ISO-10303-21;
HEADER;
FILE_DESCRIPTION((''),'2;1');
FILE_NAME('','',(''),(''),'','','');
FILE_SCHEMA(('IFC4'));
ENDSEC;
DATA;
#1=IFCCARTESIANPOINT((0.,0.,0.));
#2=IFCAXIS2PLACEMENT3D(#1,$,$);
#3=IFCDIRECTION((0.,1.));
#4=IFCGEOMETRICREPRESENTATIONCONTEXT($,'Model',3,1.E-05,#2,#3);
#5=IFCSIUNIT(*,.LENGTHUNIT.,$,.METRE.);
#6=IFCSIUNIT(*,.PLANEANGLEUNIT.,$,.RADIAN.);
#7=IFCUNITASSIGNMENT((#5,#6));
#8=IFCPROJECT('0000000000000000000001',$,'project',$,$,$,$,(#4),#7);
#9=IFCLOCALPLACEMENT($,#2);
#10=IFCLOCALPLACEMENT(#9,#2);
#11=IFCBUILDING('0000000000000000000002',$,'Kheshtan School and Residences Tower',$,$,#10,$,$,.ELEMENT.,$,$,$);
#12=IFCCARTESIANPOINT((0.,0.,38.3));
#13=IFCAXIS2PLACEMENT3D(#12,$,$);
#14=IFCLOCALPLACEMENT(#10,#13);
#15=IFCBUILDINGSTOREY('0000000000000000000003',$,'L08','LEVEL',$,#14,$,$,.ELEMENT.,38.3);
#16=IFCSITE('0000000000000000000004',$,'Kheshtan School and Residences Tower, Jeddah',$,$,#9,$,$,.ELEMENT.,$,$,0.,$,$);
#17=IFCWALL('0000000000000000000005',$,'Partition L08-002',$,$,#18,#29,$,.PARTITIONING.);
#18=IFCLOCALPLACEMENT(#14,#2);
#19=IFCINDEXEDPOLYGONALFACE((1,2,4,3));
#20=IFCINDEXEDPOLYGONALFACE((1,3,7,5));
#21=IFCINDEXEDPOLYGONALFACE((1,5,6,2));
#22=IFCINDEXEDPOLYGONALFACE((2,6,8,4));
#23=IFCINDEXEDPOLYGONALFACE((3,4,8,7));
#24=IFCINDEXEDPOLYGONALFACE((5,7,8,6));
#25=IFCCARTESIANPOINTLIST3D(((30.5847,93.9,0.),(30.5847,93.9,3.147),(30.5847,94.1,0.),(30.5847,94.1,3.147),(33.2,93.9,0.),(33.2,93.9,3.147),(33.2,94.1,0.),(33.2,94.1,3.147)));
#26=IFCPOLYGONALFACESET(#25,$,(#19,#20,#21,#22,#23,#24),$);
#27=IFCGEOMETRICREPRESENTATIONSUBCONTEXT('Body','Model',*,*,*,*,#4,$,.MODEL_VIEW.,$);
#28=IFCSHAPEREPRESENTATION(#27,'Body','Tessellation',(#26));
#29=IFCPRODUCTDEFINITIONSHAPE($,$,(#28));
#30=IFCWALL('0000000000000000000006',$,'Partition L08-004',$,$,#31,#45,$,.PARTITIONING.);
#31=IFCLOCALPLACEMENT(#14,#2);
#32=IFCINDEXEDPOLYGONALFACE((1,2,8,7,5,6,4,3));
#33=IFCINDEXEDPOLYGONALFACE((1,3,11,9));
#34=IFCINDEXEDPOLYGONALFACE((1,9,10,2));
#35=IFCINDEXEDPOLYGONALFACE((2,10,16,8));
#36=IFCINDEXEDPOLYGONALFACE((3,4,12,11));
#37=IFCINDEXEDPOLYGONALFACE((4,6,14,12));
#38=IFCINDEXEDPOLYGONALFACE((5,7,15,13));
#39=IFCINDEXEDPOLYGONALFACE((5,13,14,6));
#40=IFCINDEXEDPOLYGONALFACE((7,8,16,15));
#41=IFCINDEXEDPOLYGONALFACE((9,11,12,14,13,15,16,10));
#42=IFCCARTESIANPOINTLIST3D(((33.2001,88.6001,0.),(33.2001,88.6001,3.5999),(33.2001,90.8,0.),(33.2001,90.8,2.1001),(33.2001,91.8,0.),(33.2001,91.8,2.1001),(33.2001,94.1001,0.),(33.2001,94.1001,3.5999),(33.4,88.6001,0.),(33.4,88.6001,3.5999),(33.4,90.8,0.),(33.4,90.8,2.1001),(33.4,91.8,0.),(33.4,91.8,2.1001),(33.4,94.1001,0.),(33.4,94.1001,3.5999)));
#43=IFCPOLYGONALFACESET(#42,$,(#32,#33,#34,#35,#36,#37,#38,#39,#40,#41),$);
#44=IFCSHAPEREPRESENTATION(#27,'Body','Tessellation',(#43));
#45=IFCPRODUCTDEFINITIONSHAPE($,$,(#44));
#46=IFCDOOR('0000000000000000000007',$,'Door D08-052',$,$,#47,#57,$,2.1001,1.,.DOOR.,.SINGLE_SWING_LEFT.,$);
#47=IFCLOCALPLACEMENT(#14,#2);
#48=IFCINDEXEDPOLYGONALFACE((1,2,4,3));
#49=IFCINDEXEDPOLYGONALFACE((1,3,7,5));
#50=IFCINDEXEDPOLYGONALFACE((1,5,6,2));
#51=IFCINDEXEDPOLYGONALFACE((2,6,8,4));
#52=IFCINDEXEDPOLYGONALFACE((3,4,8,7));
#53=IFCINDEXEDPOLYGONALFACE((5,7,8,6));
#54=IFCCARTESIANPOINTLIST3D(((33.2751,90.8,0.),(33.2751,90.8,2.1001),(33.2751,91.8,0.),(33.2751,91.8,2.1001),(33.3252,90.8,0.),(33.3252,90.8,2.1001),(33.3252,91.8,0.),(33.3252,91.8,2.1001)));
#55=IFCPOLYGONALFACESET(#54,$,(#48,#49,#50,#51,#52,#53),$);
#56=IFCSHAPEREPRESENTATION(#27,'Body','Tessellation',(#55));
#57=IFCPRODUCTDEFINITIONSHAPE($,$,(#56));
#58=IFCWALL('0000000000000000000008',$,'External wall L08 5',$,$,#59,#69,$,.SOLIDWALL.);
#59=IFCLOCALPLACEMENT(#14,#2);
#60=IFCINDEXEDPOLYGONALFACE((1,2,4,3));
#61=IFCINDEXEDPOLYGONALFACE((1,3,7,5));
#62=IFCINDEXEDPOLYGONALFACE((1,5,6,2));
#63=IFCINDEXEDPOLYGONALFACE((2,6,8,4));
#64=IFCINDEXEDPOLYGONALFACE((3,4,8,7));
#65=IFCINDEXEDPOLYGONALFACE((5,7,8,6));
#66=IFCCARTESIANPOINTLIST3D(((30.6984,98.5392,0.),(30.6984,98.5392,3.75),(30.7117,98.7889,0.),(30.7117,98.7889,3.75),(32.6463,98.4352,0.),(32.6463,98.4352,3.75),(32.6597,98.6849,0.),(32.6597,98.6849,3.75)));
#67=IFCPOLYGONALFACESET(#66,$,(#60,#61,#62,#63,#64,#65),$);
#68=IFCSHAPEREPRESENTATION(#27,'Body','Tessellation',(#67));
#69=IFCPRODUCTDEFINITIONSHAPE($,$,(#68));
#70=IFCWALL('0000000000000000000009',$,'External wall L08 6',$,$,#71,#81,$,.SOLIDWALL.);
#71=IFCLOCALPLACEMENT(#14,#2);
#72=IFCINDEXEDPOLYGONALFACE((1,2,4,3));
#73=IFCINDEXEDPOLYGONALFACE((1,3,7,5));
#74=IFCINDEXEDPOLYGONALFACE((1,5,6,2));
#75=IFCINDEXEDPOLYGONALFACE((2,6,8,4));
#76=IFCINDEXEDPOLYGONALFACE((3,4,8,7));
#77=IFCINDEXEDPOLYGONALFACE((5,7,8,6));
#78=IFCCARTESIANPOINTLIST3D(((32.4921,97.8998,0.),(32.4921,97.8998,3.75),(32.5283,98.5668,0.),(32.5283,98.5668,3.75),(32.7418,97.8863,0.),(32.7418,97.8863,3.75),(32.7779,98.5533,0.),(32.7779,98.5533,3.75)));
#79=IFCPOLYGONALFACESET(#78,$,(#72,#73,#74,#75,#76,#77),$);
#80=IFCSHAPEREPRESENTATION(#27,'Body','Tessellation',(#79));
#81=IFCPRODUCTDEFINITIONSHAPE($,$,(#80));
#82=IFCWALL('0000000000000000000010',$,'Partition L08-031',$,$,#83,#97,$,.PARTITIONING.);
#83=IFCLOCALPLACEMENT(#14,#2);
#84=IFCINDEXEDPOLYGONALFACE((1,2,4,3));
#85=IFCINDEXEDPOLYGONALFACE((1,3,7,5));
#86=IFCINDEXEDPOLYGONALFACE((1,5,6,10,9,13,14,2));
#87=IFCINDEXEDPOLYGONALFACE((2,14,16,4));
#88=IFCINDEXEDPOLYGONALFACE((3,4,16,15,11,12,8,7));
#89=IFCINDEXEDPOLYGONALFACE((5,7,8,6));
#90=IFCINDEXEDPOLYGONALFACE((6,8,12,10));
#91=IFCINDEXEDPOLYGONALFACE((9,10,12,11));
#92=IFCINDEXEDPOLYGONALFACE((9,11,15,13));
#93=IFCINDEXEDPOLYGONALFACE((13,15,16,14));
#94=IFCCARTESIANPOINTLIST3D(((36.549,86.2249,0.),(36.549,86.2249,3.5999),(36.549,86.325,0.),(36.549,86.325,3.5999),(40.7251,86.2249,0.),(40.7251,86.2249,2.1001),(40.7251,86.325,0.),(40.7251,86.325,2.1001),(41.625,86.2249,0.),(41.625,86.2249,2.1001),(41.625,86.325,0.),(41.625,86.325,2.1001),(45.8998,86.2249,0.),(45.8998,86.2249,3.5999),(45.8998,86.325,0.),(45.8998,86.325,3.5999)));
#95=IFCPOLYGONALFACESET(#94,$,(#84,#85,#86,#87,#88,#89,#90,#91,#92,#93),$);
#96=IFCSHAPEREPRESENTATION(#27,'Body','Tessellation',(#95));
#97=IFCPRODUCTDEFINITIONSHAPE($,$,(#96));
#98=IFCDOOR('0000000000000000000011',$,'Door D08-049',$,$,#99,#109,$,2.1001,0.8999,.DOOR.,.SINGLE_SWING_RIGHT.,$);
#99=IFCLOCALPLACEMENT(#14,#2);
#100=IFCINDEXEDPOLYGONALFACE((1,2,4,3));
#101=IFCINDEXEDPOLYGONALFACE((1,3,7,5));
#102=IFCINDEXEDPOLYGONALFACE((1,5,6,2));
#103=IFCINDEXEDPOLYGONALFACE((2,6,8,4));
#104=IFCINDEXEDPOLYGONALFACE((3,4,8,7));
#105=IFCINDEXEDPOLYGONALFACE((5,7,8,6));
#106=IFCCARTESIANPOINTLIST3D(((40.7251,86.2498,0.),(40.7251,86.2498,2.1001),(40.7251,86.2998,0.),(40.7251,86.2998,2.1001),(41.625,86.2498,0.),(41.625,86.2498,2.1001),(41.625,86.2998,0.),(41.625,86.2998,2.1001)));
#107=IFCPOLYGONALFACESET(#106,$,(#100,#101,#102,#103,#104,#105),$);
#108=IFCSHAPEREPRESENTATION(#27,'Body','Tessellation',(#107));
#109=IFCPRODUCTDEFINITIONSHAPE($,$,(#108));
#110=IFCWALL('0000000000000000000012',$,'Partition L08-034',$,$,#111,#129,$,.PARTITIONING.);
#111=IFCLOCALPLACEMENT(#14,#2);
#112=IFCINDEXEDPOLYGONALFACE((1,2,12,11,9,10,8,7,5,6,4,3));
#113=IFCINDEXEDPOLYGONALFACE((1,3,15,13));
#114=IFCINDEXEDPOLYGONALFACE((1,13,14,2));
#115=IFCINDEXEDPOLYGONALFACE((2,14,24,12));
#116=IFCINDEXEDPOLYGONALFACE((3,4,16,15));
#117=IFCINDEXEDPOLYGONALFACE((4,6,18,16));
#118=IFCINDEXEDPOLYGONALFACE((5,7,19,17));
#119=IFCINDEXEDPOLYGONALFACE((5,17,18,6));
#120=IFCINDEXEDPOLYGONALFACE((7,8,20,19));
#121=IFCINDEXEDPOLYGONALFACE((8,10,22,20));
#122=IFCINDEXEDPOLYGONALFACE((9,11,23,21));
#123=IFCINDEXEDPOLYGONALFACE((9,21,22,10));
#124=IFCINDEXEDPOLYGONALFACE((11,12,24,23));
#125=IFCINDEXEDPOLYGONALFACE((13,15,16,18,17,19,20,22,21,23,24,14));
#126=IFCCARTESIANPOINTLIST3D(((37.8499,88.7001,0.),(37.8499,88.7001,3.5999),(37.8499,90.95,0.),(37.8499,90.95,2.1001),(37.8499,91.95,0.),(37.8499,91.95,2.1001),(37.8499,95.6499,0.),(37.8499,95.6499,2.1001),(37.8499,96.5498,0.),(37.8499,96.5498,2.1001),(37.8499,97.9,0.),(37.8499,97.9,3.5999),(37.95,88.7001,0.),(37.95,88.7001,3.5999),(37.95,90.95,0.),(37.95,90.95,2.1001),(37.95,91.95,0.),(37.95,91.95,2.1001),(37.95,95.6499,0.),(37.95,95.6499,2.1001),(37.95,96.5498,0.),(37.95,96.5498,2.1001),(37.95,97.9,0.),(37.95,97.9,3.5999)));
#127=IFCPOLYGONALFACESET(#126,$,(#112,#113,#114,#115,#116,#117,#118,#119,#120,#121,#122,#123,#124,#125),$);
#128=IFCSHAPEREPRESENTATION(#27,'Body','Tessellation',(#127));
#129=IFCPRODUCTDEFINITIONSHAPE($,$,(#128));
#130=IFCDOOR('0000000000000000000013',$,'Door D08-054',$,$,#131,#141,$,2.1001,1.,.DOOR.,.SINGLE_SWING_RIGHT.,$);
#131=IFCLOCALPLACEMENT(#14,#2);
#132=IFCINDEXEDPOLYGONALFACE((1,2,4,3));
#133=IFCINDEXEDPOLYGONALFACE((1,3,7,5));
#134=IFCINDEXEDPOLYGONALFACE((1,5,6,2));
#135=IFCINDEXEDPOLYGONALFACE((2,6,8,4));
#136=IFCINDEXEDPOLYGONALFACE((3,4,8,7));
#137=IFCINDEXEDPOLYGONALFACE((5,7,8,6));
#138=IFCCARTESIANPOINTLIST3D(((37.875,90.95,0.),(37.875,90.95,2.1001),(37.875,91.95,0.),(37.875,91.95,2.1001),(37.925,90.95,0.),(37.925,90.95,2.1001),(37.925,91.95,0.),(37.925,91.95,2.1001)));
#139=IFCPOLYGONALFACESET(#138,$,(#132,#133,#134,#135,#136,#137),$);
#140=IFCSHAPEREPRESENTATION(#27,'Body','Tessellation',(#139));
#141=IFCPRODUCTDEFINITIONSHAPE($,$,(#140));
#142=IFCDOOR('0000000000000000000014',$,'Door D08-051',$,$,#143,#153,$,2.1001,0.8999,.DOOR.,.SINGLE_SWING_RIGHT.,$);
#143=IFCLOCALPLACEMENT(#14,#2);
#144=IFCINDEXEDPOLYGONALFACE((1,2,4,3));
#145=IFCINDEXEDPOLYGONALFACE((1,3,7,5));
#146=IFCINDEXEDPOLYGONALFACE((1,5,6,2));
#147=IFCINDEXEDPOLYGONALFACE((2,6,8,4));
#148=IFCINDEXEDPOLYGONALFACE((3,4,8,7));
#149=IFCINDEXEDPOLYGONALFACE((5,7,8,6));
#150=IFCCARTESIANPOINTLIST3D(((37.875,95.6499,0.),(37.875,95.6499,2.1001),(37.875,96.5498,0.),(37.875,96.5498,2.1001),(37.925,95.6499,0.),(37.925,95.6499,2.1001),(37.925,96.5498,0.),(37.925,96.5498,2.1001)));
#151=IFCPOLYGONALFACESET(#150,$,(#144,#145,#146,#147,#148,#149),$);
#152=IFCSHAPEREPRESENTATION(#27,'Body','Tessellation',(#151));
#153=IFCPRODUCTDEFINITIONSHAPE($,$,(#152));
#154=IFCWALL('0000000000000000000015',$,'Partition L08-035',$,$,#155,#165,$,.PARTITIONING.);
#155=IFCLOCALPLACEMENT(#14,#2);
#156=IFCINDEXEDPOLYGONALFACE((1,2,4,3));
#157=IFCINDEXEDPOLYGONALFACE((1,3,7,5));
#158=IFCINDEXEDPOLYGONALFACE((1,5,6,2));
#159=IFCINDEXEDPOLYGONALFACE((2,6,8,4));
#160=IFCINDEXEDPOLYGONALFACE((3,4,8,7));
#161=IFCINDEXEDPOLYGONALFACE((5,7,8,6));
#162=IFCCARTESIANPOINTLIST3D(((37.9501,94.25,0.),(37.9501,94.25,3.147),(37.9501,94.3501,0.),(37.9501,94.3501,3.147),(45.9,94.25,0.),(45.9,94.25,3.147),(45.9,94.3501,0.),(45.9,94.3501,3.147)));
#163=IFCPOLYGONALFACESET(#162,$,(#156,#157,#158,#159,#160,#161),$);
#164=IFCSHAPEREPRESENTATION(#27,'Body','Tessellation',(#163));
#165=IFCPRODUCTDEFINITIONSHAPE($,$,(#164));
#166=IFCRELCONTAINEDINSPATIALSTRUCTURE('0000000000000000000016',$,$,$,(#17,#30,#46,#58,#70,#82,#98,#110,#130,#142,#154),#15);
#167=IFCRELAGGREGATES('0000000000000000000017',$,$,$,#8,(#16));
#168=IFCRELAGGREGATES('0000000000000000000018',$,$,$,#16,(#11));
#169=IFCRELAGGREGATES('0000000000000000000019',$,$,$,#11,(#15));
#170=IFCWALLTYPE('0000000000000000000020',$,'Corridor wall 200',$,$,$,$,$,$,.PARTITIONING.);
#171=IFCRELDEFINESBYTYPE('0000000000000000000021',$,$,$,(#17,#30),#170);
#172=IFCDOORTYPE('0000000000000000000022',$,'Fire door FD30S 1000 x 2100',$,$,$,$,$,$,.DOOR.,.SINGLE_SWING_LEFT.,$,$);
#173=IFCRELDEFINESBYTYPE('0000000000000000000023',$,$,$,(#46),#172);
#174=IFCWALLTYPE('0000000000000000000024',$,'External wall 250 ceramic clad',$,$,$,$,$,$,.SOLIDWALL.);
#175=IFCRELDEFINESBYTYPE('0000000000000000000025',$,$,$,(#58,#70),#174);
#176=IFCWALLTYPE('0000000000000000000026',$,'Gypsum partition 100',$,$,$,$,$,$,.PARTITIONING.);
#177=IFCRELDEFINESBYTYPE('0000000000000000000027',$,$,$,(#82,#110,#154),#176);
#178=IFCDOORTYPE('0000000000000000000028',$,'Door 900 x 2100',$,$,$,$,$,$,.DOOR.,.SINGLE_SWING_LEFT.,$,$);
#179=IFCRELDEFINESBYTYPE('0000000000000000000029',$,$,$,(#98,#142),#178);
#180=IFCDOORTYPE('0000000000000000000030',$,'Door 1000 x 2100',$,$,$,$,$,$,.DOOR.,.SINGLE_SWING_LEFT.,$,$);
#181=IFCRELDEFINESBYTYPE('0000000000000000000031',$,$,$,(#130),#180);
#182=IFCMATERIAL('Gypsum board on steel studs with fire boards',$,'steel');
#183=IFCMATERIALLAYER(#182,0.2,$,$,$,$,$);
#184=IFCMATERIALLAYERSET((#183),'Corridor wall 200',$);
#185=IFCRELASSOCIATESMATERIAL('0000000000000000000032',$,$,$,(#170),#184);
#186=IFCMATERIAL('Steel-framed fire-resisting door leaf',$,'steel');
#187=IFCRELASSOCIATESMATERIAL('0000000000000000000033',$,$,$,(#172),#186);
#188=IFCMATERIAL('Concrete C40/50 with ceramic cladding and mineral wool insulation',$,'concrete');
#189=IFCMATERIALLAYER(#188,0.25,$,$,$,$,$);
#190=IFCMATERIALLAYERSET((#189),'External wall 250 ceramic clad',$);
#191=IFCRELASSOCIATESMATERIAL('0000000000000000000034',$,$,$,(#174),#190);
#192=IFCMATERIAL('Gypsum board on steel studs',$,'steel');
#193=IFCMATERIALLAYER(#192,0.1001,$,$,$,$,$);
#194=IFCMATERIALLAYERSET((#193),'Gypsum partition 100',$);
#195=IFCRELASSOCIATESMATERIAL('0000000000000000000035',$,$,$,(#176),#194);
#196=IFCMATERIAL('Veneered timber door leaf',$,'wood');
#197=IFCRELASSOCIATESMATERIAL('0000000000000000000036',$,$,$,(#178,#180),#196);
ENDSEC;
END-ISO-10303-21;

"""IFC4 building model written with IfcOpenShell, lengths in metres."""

from ifc_helpers import new_model, si_unit, direction, frame, frame_2d, origin, place, context, subcontext, project, spatial, rectangle, extrude, source, transform, mapped, material, layer, layer_set, type_object, element, fill, save


model = new_model("IFC4")

# Units and contexts
model_context = context("Model", 3, precision=1e-05, world=origin(), true_north=direction((0.0, 1.0)))
body_context = subcontext(model_context, "Body", "Model", "MODEL_VIEW")
ifc_project = project(units=[si_unit("LENGTHUNIT", "METRE"), si_unit("PLANEANGLEUNIT", "RADIAN")], contexts=[model_context])

# Site, building, storey
site_placement = place(None, origin())
site = spatial("IfcSite", under=ifc_project, at=site_placement, Name="Kheshtan School and Residences Tower, Jeddah", CompositionType="ELEMENT", RefElevation=0.0)
building_placement = place(site_placement, origin())
building = spatial("IfcBuilding", under=site, at=building_placement, Name="Kheshtan School and Residences Tower", CompositionType="ELEMENT")
storey_placement = place(building_placement, frame((0.0, 0.0, 38.3)))
storey = spatial("IfcBuildingStorey", under=building, at=storey_placement, Name="L08", Description="LEVEL", CompositionType="ELEMENT", Elevation=38.3)

# Wall
ifc_material_1 = material(Name="Gypsum board on steel studs with fire boards", Category="steel")
ifc_layer_1 = layer(ifc_material_1, 0.2)
ifc_layer_set_1 = layer_set([ifc_layer_1], Name="Corridor wall 200")
wall_type_1 = type_object("IfcWallType", Name="Corridor wall 200", PredefinedType="PARTITIONING", material=ifc_layer_set_1)
wall_1_placement = place(storey_placement, frame((30.5847, 94.0, 0.0), z_axis=(0.0, 0.0, 1.0), x_axis=(1.0, 0.0, 0.0)))
element("IfcWall", 1, at=wall_1_placement, inside=storey, type_object=wall_type_1, Name="Partition L08-002", PredefinedType="PARTITIONING", context=body_context, shape_type="SweptSolid", body=[
    extrude(rectangle(XDim=2.6152, YDim=0.2, at=frame_2d((1.3076, 0.0))), origin(), (0.0, 0.0, 1.0), 3.147),
])

# Wall, opening, door
wall_2_placement = place(storey_placement, frame((33.3, 88.6001, 0.0), z_axis=(0.0, 0.0, 1.0), x_axis=(0.0, 1.0, 0.0)))
wall_2 = element("IfcWall", 2, at=wall_2_placement, inside=storey, type_object=wall_type_1, Name="Partition L08-004", PredefinedType="PARTITIONING", context=body_context, shape_type="SweptSolid", body=[
    extrude(rectangle(XDim=5.5, YDim=0.2, at=frame_2d((2.75, 0.0))), origin(), (0.0, 0.0, 1.0), 3.5999),
])
opening_1_placement = place(wall_2_placement, frame((2.2, 0.0, 0.0)))
opening_1 = element("IfcOpeningElement", 3, at=opening_1_placement, cuts=wall_2, PredefinedType="OPENING", context=body_context, shape_type="SweptSolid", body=[
    extrude(rectangle(XDim=1.0, YDim=2.1001, at=frame_2d((0.5, 1.05))), frame((0.0, 0.1099, 0.0), z_axis=(0.0, -1.0, 0.0), x_axis=(1.0, 0.0, 0.0)), (0.0, 0.0, 1.0), 0.22),
])
ifc_material_2 = material(Name="Steel-framed fire-resisting door leaf", Category="steel")
door_type_1 = type_object("IfcDoorType", Name="Fire door FD30S 1000 x 2100", OperationType="SINGLE_SWING_LEFT", PredefinedType="DOOR", material=ifc_material_2)
shared_shape_1 = source(origin(), body_context, "Body", "SweptSolid", [
    extrude(rectangle(XDim=1.0, YDim=2.1001, at=frame_2d((0.5, 1.05))), frame((0.0, 0.0249, 0.0), z_axis=(0.0, -1.0, 0.0), x_axis=(1.0, 0.0, 0.0)), (0.0, 0.0, 1.0), 0.05),
])
door_1_placement = place(opening_1_placement, origin())
door_1 = element("IfcDoor", 4, at=door_1_placement, inside=storey, type_object=door_type_1, Name="Door D08-052", OperationType="SINGLE_SWING_LEFT", OverallHeight=2.1001, OverallWidth=1.0, PredefinedType="DOOR", context=body_context, shape_type="MappedRepresentation", body=[
    mapped(shared_shape_1, transform((0.0, 0.0, 0.0), x_axis=(1.0, 0.0, 0.0), y_axis=(0.0, 1.0, 0.0), z_axis=(0.0, 0.0, 1.0), scale=1.0)),
])
fill(opening_1, door_1)

# Walls
ifc_material_3 = material(Name="Concrete C40/50 with ceramic cladding and mineral wool insulation", Category="concrete")
ifc_layer_2 = layer(ifc_material_3, 0.25)
ifc_layer_set_2 = layer_set([ifc_layer_2], Name="External wall 250 ceramic clad")
wall_type_2 = type_object("IfcWallType", Name="External wall 250 ceramic clad", PredefinedType="SOLIDWALL", material=ifc_layer_set_2)
wall_3_placement = place(storey_placement, frame((30.7051, 98.6641, 0.0), z_axis=(0.0, 0.0, 1.0), x_axis=(0.998578, -0.053314, 0.0)))
element("IfcWall", 5, at=wall_3_placement, inside=storey, type_object=wall_type_2, Name="External wall L08 5", PredefinedType="SOLIDWALL", context=body_context, shape_type="SweptSolid", body=[
    extrude(rectangle(XDim=1.9507, YDim=0.25, at=frame_2d((0.9753, 0.0))), origin(), (0.0, 0.0, 1.0), 3.75),
])
wall_4_placement = place(storey_placement, frame((32.6531, 98.5601, 0.0), z_axis=(0.0, 0.0, 1.0), x_axis=(-0.054093, -0.998536, 0.0)))
element("IfcWall", 6, at=wall_4_placement, inside=storey, type_object=wall_type_2, Name="External wall L08 6", PredefinedType="SOLIDWALL", context=body_context, shape_type="SweptSolid", body=[
    extrude(rectangle(XDim=0.668, YDim=0.25, at=frame_2d((0.334, 0.0))), origin(), (0.0, 0.0, 1.0), 3.75),
])

# Wall, opening, door
ifc_material_4 = material(Name="Gypsum board on steel studs", Category="steel")
ifc_layer_3 = layer(ifc_material_4, 0.1001)
ifc_layer_set_3 = layer_set([ifc_layer_3], Name="Gypsum partition 100")
wall_type_3 = type_object("IfcWallType", Name="Gypsum partition 100", PredefinedType="PARTITIONING", material=ifc_layer_set_3)
wall_5_placement = place(storey_placement, frame((36.5491, 86.2749, 0.0), z_axis=(0.0, 0.0, 1.0), x_axis=(1.0, 0.0, 0.0)))
wall_5 = element("IfcWall", 7, at=wall_5_placement, inside=storey, type_object=wall_type_3, Name="Partition L08-031", PredefinedType="PARTITIONING", context=body_context, shape_type="SweptSolid", body=[
    extrude(rectangle(XDim=9.3508, YDim=0.1001, at=frame_2d((4.6753, 0.0))), origin(), (0.0, 0.0, 1.0), 3.5999),
])
opening_2_placement = place(wall_5_placement, frame((4.176, 0.0, 0.0)))
opening_2 = element("IfcOpeningElement", 8, at=opening_2_placement, cuts=wall_5, PredefinedType="OPENING", context=body_context, shape_type="SweptSolid", body=[
    extrude(rectangle(XDim=0.8999, YDim=2.1001, at=frame_2d((0.45, 1.05))), frame((0.0, 0.0601, 0.0), z_axis=(0.0, -1.0, 0.0), x_axis=(1.0, 0.0, 0.0)), (0.0, 0.0, 1.0), 0.1201),
])
ifc_material_5 = material(Name="Veneered timber door leaf", Category="wood")
door_type_2 = type_object("IfcDoorType", Name="Door 900 x 2100", OperationType="SINGLE_SWING_LEFT", PredefinedType="DOOR", material=ifc_material_5)
shared_shape_2 = source(origin(), body_context, "Body", "SweptSolid", [
    extrude(rectangle(XDim=0.8999, YDim=2.1001, at=frame_2d((0.45, 1.05))), frame((0.0, 0.0249, 0.0), z_axis=(0.0, -1.0, 0.0), x_axis=(1.0, 0.0, 0.0)), (0.0, 0.0, 1.0), 0.05),
])
door_2_placement = place(opening_2_placement, origin())
door_2 = element("IfcDoor", 9, at=door_2_placement, inside=storey, type_object=door_type_2, Name="Door D08-049", OperationType="SINGLE_SWING_RIGHT", OverallHeight=2.1001, OverallWidth=0.8999, PredefinedType="DOOR", context=body_context, shape_type="MappedRepresentation", body=[
    mapped(shared_shape_2, transform((0.0, 0.0, 0.0), x_axis=(1.0, 0.0, 0.0), y_axis=(0.0, 1.0, 0.0), z_axis=(0.0, 0.0, 1.0), scale=1.0)),
])
fill(opening_2, door_2)

# Wall, openings, doors
wall_6_placement = place(storey_placement, frame((37.8999, 88.7, 0.0), z_axis=(0.0, 0.0, 1.0), x_axis=(0.0, 1.0, 0.0)))
wall_6 = element("IfcWall", 10, at=wall_6_placement, inside=storey, type_object=wall_type_3, Name="Partition L08-034", PredefinedType="PARTITIONING", context=body_context, shape_type="SweptSolid", body=[
    extrude(rectangle(XDim=9.2, YDim=0.1001, at=frame_2d((4.6001, 0.0))), origin(), (0.0, 0.0, 1.0), 3.5999),
])
opening_3_placement = place(wall_6_placement, frame((6.95, 0.0, 0.0)))
opening_3 = element("IfcOpeningElement", 11, at=opening_3_placement, cuts=wall_6, PredefinedType="OPENING", context=body_context, shape_type="SweptSolid", body=[
    extrude(rectangle(XDim=0.8999, YDim=2.1001, at=frame_2d((0.45, 1.05))), frame((0.0, 0.0601, 0.0), z_axis=(0.0, -1.0, 0.0), x_axis=(1.0, 0.0, 0.0)), (0.0, 0.0, 1.0), 0.1201),
])
opening_4_placement = place(wall_6_placement, frame((2.25, 0.0, 0.0)))
opening_4 = element("IfcOpeningElement", 12, at=opening_4_placement, cuts=wall_6, PredefinedType="OPENING", context=body_context, shape_type="SweptSolid", body=[
    extrude(rectangle(XDim=1.0, YDim=2.1001, at=frame_2d((0.5, 1.05))), frame((0.0, 0.0601, 0.0), z_axis=(0.0, -1.0, 0.0), x_axis=(1.0, 0.0, 0.0)), (0.0, 0.0, 1.0), 0.1201),
])
door_type_3 = type_object("IfcDoorType", Name="Door 1000 x 2100", OperationType="SINGLE_SWING_LEFT", PredefinedType="DOOR", material=ifc_material_5)
shared_shape_3 = source(origin(), body_context, "Body", "SweptSolid", [
    extrude(rectangle(XDim=1.0, YDim=2.1001, at=frame_2d((0.5, 1.05))), frame((0.0, 0.0249, 0.0), z_axis=(0.0, -1.0, 0.0), x_axis=(1.0, 0.0, 0.0)), (0.0, 0.0, 1.0), 0.05),
])
door_3_placement = place(opening_4_placement, origin())
door_3 = element("IfcDoor", 13, at=door_3_placement, inside=storey, type_object=door_type_3, Name="Door D08-054", OperationType="SINGLE_SWING_RIGHT", OverallHeight=2.1001, OverallWidth=1.0, PredefinedType="DOOR", context=body_context, shape_type="MappedRepresentation", body=[
    mapped(shared_shape_3, transform((0.0, 0.0, 0.0), x_axis=(1.0, 0.0, 0.0), y_axis=(0.0, 1.0, 0.0), z_axis=(0.0, 0.0, 1.0), scale=1.0)),
])
fill(opening_4, door_3)
door_4_placement = place(opening_3_placement, origin())
door_4 = element("IfcDoor", 14, at=door_4_placement, inside=storey, type_object=door_type_2, Name="Door D08-051", OperationType="SINGLE_SWING_RIGHT", OverallHeight=2.1001, OverallWidth=0.8999, PredefinedType="DOOR", context=body_context, shape_type="MappedRepresentation", body=[
    mapped(shared_shape_2, transform((0.0, 0.0, 0.0), x_axis=(1.0, 0.0, 0.0), y_axis=(0.0, 1.0, 0.0), z_axis=(0.0, 0.0, 1.0), scale=1.0)),
])
fill(opening_3, door_4)

# Wall
wall_7_placement = place(storey_placement, frame((37.95, 94.3, 0.0), z_axis=(0.0, 0.0, 1.0), x_axis=(1.0, 0.0, 0.0)))
element("IfcWall", 15, at=wall_7_placement, inside=storey, type_object=wall_type_3, Name="Partition L08-035", PredefinedType="PARTITIONING", context=body_context, shape_type="SweptSolid", body=[
    extrude(rectangle(XDim=7.95, YDim=0.1001, at=frame_2d((3.9751, 0.0))), origin(), (0.0, 0.0, 1.0), 3.147),
])

save(model, "model.ifc")
